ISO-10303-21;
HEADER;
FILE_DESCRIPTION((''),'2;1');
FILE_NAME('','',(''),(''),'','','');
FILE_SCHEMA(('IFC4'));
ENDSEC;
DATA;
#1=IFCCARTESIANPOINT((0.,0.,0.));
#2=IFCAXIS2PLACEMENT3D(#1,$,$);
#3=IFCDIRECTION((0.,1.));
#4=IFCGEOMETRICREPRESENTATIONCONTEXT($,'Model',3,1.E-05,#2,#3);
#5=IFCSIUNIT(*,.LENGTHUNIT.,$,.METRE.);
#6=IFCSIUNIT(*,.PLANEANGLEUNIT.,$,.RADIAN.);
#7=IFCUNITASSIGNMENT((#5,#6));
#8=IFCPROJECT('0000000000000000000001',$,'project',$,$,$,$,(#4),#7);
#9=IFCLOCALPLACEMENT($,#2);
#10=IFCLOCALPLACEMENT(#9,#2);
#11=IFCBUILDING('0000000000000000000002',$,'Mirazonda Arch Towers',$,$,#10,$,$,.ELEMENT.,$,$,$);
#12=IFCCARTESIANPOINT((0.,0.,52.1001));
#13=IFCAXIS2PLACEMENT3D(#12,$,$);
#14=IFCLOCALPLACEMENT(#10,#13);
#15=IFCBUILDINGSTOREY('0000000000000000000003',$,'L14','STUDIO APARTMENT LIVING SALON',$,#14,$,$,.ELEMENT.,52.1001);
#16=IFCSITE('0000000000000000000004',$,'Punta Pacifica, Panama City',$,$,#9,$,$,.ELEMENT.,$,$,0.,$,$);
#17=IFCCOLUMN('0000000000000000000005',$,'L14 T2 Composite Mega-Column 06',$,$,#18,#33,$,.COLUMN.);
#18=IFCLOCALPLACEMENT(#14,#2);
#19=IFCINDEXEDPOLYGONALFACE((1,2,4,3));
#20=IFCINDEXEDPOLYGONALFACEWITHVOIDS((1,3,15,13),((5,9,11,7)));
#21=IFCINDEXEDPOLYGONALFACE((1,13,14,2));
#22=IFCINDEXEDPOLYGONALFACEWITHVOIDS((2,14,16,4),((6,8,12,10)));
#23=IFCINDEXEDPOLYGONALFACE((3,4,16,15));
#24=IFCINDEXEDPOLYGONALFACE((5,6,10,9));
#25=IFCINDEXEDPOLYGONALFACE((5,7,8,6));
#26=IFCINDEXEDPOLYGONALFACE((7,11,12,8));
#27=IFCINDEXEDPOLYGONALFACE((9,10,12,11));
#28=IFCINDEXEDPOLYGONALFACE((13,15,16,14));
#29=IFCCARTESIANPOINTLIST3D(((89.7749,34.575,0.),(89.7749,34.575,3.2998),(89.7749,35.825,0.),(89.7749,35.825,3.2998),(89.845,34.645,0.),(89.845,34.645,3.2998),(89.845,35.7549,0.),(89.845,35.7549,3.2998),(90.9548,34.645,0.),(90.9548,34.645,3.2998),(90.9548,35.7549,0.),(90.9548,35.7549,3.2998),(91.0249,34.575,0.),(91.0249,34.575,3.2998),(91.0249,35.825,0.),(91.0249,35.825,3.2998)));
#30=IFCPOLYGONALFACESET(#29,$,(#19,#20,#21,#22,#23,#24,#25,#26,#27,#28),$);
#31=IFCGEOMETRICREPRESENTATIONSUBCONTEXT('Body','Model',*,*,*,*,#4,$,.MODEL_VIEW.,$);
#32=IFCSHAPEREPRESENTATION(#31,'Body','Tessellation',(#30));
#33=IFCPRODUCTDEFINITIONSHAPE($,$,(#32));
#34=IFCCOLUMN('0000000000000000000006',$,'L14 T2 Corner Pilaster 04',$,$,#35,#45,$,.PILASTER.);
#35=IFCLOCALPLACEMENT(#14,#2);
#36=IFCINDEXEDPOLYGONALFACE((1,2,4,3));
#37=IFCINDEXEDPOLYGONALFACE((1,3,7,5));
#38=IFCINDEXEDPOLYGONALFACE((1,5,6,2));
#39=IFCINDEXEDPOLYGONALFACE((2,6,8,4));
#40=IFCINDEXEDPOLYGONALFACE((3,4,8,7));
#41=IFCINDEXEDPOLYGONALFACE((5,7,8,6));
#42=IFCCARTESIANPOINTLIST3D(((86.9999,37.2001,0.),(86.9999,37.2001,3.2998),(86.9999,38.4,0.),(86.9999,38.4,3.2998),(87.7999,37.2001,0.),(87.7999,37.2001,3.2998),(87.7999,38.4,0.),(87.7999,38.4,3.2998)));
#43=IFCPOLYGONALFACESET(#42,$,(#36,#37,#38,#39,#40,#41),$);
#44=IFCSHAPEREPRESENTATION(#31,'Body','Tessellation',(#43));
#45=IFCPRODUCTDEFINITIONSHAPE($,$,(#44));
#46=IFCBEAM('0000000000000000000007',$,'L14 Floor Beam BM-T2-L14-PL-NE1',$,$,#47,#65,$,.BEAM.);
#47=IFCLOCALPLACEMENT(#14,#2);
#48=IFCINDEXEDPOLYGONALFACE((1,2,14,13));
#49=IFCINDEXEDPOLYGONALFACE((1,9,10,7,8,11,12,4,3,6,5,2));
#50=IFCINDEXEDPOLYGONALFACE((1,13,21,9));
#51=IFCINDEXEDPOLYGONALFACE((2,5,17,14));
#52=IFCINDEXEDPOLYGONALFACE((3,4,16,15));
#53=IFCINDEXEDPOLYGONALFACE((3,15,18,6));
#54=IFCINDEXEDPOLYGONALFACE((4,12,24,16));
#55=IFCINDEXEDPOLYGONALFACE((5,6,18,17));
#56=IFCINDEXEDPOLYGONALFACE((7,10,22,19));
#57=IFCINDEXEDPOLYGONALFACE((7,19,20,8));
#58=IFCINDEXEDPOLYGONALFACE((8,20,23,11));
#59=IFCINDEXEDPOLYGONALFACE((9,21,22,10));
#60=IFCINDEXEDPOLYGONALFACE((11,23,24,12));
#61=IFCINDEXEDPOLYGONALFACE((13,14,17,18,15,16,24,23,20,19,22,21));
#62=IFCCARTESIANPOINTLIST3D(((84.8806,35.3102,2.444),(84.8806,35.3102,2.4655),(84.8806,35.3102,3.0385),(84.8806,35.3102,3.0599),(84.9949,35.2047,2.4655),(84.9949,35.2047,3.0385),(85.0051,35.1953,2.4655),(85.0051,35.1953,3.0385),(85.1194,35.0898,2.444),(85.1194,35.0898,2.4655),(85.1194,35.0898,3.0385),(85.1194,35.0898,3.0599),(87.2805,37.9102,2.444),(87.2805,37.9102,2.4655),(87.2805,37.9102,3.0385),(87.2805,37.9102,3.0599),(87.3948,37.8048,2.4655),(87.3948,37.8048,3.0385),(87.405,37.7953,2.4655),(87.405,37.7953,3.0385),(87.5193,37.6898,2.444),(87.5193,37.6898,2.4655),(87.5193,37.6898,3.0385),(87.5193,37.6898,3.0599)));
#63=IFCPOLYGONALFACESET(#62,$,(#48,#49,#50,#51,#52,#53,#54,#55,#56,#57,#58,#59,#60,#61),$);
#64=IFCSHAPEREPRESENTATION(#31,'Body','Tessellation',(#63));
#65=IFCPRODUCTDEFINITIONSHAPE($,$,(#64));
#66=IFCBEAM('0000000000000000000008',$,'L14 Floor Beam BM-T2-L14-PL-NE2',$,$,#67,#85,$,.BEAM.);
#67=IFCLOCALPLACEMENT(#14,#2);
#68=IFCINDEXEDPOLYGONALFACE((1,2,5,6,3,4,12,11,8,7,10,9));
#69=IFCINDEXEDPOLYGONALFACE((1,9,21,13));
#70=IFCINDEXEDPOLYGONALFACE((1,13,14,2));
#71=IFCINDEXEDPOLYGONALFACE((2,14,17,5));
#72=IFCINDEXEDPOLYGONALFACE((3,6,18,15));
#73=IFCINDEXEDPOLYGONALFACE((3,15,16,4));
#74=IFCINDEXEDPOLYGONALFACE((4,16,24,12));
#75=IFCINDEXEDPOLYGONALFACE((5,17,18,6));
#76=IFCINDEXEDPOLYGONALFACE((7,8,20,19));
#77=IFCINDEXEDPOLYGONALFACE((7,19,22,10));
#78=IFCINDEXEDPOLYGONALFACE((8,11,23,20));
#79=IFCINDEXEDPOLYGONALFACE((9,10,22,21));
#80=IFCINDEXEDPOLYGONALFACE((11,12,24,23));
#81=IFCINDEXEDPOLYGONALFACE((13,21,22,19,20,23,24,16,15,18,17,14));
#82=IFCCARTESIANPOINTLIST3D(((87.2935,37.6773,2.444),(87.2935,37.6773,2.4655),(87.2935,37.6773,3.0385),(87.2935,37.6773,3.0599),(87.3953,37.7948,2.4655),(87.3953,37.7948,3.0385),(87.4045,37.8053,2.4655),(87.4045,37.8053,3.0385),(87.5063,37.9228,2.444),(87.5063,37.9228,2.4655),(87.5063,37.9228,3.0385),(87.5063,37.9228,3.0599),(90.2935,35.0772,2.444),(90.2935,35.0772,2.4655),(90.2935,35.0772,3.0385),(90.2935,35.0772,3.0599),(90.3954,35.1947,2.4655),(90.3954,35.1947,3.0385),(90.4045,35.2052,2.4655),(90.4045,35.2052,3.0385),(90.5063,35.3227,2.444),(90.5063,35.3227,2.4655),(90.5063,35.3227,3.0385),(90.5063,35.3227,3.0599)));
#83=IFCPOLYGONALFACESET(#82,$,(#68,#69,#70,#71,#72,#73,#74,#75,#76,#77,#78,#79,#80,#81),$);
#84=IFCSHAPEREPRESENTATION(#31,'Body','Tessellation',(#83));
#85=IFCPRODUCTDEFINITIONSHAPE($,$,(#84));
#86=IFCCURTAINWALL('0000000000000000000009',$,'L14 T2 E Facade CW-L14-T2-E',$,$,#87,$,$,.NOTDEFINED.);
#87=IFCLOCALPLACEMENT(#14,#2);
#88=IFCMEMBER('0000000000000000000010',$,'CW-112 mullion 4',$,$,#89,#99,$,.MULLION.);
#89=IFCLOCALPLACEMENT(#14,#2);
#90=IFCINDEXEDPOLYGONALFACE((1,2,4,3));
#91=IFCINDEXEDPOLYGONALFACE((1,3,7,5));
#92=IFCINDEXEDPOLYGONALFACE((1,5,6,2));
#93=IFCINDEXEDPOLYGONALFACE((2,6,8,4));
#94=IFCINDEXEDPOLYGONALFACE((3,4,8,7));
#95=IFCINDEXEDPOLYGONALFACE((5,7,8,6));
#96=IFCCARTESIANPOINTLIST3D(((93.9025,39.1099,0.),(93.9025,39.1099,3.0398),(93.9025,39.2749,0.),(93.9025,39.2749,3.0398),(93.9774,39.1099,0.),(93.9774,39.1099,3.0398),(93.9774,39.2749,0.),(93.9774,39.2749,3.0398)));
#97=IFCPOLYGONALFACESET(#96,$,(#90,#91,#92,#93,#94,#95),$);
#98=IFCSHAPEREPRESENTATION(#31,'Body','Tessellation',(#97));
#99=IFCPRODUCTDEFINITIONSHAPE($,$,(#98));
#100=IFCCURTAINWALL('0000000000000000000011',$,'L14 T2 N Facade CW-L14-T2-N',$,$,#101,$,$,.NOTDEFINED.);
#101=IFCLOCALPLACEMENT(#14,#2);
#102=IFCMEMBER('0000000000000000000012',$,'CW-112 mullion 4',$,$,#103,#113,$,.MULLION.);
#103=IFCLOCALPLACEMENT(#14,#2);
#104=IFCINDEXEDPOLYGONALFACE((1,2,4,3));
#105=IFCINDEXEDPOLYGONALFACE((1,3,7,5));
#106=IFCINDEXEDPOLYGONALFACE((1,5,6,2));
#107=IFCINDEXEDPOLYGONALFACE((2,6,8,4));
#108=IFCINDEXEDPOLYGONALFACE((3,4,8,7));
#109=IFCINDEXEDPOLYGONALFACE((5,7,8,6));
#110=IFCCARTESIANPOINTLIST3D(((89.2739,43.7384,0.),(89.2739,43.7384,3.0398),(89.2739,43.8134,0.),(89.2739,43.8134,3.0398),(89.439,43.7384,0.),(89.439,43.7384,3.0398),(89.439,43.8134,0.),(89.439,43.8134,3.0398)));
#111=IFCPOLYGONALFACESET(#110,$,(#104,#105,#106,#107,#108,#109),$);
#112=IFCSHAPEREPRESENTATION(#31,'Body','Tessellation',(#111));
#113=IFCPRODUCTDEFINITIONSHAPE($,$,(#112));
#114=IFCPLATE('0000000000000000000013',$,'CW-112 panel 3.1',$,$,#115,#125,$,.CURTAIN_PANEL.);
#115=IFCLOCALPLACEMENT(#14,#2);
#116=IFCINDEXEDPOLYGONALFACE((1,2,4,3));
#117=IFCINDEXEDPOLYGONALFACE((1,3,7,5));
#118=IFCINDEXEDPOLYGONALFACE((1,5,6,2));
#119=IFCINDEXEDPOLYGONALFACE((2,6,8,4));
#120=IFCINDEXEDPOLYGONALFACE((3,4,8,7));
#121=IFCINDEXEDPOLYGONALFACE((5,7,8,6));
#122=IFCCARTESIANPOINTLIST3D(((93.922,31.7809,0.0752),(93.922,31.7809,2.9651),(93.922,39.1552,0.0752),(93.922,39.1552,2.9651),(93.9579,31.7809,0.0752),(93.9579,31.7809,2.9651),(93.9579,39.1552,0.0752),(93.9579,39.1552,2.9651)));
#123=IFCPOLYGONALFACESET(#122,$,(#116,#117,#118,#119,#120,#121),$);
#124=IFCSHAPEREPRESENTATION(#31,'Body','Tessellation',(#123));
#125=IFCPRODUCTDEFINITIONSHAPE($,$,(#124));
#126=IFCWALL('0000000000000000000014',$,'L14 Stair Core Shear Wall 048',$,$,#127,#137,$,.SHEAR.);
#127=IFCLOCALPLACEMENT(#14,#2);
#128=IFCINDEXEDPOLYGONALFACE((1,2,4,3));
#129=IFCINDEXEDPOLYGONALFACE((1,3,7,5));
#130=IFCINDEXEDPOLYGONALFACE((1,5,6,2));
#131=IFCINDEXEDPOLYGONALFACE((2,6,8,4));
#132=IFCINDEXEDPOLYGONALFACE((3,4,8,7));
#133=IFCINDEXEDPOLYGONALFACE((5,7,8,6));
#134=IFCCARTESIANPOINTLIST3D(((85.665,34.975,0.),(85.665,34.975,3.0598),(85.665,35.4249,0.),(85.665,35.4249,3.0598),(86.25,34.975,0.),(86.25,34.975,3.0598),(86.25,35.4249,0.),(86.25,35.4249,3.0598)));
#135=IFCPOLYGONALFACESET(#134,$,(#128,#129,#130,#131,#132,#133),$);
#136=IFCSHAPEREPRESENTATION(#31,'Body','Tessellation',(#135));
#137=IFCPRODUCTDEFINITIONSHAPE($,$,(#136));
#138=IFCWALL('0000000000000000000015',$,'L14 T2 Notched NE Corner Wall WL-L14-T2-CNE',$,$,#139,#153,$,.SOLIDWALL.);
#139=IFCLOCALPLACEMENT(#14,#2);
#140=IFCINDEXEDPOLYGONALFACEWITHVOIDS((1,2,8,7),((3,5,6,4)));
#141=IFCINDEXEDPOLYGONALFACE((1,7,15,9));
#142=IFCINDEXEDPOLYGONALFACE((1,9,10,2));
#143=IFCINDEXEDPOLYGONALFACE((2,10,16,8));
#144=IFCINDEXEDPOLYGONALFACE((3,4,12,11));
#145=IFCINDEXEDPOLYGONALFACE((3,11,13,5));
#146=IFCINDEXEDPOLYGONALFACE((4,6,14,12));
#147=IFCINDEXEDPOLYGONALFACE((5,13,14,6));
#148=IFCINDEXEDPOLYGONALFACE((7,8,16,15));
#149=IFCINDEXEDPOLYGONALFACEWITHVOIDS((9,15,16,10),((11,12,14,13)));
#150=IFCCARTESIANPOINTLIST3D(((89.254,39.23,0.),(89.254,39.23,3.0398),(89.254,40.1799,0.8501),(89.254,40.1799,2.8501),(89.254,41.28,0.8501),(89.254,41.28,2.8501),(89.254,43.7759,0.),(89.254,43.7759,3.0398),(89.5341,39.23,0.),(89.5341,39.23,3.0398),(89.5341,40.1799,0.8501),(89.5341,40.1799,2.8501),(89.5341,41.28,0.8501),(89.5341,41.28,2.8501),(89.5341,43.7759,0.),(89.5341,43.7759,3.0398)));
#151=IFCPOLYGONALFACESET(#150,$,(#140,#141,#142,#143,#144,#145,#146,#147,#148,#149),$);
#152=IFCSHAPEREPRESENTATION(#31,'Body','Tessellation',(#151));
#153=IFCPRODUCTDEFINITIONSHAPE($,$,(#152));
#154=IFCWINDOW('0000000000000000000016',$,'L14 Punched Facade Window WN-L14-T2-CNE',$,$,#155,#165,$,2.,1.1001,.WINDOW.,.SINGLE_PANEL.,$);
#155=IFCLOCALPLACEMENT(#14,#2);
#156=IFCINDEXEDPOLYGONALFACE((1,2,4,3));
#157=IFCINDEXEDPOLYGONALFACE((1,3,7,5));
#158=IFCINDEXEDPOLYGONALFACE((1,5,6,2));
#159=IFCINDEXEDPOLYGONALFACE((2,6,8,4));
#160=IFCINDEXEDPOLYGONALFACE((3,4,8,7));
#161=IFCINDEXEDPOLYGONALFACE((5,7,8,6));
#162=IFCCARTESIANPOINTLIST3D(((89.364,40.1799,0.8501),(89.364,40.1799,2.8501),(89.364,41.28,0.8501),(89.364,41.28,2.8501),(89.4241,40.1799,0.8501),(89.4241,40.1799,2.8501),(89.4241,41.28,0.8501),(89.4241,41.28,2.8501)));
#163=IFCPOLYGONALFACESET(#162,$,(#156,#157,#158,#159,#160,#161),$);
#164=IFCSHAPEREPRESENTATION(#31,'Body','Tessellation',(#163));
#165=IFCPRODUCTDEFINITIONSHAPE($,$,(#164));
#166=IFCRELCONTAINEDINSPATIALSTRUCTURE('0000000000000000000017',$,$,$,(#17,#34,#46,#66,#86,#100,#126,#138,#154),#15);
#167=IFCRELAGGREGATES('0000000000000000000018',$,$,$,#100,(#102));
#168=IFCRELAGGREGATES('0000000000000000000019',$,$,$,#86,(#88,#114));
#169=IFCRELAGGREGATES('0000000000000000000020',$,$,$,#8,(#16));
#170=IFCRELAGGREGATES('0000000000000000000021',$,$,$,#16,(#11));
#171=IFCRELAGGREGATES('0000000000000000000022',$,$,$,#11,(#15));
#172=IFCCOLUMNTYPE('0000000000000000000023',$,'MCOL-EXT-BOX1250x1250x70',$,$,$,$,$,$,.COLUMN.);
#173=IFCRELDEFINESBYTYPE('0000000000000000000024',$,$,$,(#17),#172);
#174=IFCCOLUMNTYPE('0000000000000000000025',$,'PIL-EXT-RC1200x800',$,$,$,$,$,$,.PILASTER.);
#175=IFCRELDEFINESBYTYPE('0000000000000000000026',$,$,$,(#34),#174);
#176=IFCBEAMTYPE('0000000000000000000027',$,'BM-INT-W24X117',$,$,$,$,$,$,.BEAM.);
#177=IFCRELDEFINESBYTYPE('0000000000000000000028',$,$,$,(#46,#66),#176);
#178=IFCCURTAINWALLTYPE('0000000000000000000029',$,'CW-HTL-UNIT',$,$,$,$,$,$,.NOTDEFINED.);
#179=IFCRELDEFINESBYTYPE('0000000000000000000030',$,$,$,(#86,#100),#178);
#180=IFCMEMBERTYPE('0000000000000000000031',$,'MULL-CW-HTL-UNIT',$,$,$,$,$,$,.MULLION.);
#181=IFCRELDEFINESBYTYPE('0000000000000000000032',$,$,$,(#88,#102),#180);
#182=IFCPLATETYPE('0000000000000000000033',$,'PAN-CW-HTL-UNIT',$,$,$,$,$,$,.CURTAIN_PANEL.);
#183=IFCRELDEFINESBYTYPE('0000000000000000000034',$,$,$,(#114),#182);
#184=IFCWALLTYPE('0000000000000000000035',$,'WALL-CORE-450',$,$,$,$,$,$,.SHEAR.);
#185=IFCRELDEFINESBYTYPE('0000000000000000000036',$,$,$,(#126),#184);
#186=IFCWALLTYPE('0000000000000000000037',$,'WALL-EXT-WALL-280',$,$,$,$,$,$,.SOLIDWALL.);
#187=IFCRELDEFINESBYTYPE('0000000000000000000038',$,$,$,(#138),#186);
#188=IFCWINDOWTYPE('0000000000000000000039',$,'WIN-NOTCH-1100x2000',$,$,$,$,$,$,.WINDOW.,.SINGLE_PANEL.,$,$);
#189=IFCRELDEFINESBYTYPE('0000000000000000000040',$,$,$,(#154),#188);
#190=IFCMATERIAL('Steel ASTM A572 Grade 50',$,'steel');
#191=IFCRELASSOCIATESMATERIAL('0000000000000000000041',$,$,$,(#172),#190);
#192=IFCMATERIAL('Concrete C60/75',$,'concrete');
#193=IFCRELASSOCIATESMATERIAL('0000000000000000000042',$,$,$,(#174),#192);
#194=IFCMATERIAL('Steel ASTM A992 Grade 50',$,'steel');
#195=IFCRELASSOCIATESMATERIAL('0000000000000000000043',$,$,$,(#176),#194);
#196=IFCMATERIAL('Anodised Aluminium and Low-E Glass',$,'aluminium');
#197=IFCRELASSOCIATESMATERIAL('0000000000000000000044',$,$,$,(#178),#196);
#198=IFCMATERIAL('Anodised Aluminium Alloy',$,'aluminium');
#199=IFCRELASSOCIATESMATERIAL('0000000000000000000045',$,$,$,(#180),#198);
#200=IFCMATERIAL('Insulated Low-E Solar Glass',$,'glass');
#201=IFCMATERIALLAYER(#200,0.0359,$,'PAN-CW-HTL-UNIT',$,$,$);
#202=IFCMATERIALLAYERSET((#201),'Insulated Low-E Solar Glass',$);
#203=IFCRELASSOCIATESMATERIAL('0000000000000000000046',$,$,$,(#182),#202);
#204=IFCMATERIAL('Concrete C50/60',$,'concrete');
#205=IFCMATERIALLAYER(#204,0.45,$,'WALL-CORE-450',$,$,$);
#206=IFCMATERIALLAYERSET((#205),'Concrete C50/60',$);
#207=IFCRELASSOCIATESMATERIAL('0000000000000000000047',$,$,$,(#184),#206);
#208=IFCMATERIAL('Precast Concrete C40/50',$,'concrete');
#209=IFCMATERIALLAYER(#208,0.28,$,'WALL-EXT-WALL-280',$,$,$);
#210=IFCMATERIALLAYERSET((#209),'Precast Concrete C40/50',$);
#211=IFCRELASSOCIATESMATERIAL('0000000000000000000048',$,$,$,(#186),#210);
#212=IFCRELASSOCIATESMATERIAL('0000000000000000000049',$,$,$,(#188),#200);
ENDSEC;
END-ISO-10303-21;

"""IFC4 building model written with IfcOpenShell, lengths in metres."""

from ifc_helpers import new_model, si_unit, direction, frame, frame_2d, origin, origin_2d, place, context, subcontext, project, spatial, rectangle, hollow_rectangle, i_section, extrude, material, layer, layer_set, material_profile, profile_set, type_object, element, fill, aggregate, save


model = new_model("IFC4")

# Units and contexts
model_context = context("Model", 3, precision=1e-05, world=origin(), true_north=direction((0.0, 1.0)))
body_context = subcontext(model_context, "Body", "Model", "MODEL_VIEW")
ifc_project = project(units=[si_unit("LENGTHUNIT", "METRE"), si_unit("PLANEANGLEUNIT", "RADIAN")], contexts=[model_context])

# Site, building, storey
site_placement = place(None, origin())
site = spatial("IfcSite", under=ifc_project, at=site_placement, Name="Punta Pacifica, Panama City", CompositionType="ELEMENT", RefElevation=0.0)
building_placement = place(site_placement, origin())
building = spatial("IfcBuilding", under=site, at=building_placement, Name="Mirazonda Arch Towers", CompositionType="ELEMENT")
storey_placement = place(building_placement, frame((0.0, 0.0, 52.1001)))
storey = spatial("IfcBuildingStorey", under=building, at=storey_placement, Name="L14", Description="STUDIO APARTMENT LIVING SALON", CompositionType="ELEMENT", Elevation=52.1001)

# Columns
ifc_material_1 = material(Name="Steel ASTM A572 Grade 50", Category="steel")
ifc_material_profile_1 = material_profile(ifc_material_1, hollow_rectangle(XDim=1.25, YDim=1.25, WallThickness=0.0701, at=origin_2d()), Name="BOX1250x1250x70")
ifc_profile_set_1 = profile_set([ifc_material_profile_1], Name="Steel ASTM A572 Grade 50")
column_type_1 = type_object("IfcColumnType", Name="MCOL-EXT-BOX1250x1250x70", PredefinedType="COLUMN", material=ifc_profile_set_1)
column_1_placement = place(storey_placement, frame((90.3999, 35.2, 0.0), z_axis=(0.0, 0.0, 1.0), x_axis=(1.0, 0.0, 0.0)))
element("IfcColumn", 1, at=column_1_placement, inside=storey, type_object=column_type_1, Name="L14 T2 Composite Mega-Column 06", PredefinedType="COLUMN", context=body_context, shape_type="SweptSolid", body=[
    extrude(hollow_rectangle(XDim=1.25, YDim=1.25, WallThickness=0.0701, at=origin_2d()), origin(), (0.0, 0.0, 1.0), 3.2998),
])
ifc_material_2 = material(Name="Concrete C60/75", Category="concrete")
ifc_material_profile_2 = material_profile(ifc_material_2, rectangle(XDim=0.8, YDim=1.2, at=origin_2d()), Name="RC1200x800")
ifc_profile_set_2 = profile_set([ifc_material_profile_2], Name="Concrete C60/75")
column_type_2 = type_object("IfcColumnType", Name="PIL-EXT-RC1200x800", PredefinedType="PILASTER", material=ifc_profile_set_2)
column_2_placement = place(storey_placement, frame((87.3999, 37.8, 0.0), z_axis=(0.0, 0.0, 1.0), x_axis=(1.0, 0.0, 0.0)))
element("IfcColumn", 2, at=column_2_placement, inside=storey, type_object=column_type_2, Name="L14 T2 Corner Pilaster 04", PredefinedType="PILASTER", context=body_context, shape_type="SweptSolid", body=[
    extrude(rectangle(XDim=0.8, YDim=1.2, at=origin_2d()), origin(), (0.0, 0.0, 1.0), 3.2998),
])

# Beams
ifc_material_3 = material(Name="Steel ASTM A992 Grade 50", Category="steel")
ifc_material_profile_3 = material_profile(ifc_material_3, i_section(OverallWidth=0.325, OverallDepth=0.616, WebThickness=0.0139, FlangeThickness=0.0215, at=origin_2d()), Name="W24X117")
ifc_profile_set_3 = profile_set([ifc_material_profile_3], Name="Steel ASTM A992 Grade 50")
beam_type = type_object("IfcBeamType", Name="BM-INT-W24X117", PredefinedType="BEAM", material=ifc_profile_set_3)
beam_1_placement = place(storey_placement, frame((87.3999, 37.8, 2.752), z_axis=(-0.678251, -0.73483, 0.0), x_axis=(0.73483, -0.678251, 0.0)))
element("IfcBeam", 3, at=beam_1_placement, inside=storey, type_object=beam_type, Name="L14 Floor Beam BM-T2-L14-PL-NE1", PredefinedType="BEAM", context=body_context, shape_type="SweptSolid", body=[
    extrude(i_section(OverallWidth=0.325, OverallDepth=0.616, WebThickness=0.0139, FlangeThickness=0.0215, at=origin_2d()), origin(), (0.0, 0.0, 1.0), 3.5383),
])
beam_2_placement = place(storey_placement, frame((87.3999, 37.8, 2.752), z_axis=(0.755677, -0.654945, 0.0), x_axis=(0.654945, 0.755677, 0.0)))
element("IfcBeam", 4, at=beam_2_placement, inside=storey, type_object=beam_type, Name="L14 Floor Beam BM-T2-L14-PL-NE2", PredefinedType="BEAM", context=body_context, shape_type="SweptSolid", body=[
    extrude(i_section(OverallWidth=0.325, OverallDepth=0.616, WebThickness=0.0139, FlangeThickness=0.0215, at=origin_2d()), origin(), (0.0, 0.0, 1.0), 3.97),
])

# Curtain walls, members
ifc_material_4 = material(Name="Anodised Aluminium and Low-E Glass", Category="aluminium")
curtain_wall_type = type_object("IfcCurtainWallType", Name="CW-HTL-UNIT", PredefinedType="NOTDEFINED", material=ifc_material_4)
curtain_wall_1_placement = place(storey_placement, origin())
curtain_wall_1 = element("IfcCurtainWall", 5, at=curtain_wall_1_placement, inside=storey, type_object=curtain_wall_type, Name="L14 T2 E Facade CW-L14-T2-E", PredefinedType="NOTDEFINED")
ifc_material_5 = material(Name="Anodised Aluminium Alloy", Category="aluminium")
ifc_material_profile_4 = material_profile(ifc_material_5, rectangle(XDim=0.075, YDim=0.165, at=origin_2d()), Name="ALU-MULL-75x165")
ifc_profile_set_4 = profile_set([ifc_material_profile_4], Name="Anodised Aluminium Alloy")
member_type = type_object("IfcMemberType", Name="MULL-CW-HTL-UNIT", PredefinedType="MULLION", material=ifc_profile_set_4)
member_1_placement = place(storey_placement, frame((93.9399, 39.1924, 0.0), z_axis=(0.0, 0.0, 1.0), x_axis=(-1.0, 0.0, 0.0)))
member_1 = element("IfcMember", 6, at=member_1_placement, type_object=member_type, Name="CW-112 mullion 4", PredefinedType="MULLION", context=body_context, shape_type="SweptSolid", body=[
    extrude(rectangle(XDim=0.075, YDim=0.165, at=origin_2d()), origin(), (0.0, 0.0, 1.0), 3.0398),
])
curtain_wall_2_placement = place(storey_placement, origin())
curtain_wall_2 = element("IfcCurtainWall", 7, at=curtain_wall_2_placement, inside=storey, type_object=curtain_wall_type, Name="L14 T2 N Facade CW-L14-T2-N", PredefinedType="NOTDEFINED")
member_2_placement = place(storey_placement, frame((89.3564, 43.7759, 0.0), z_axis=(0.0, 0.0, 1.0), x_axis=(0.0, 1.0, 0.0)))
member_2 = element("IfcMember", 8, at=member_2_placement, type_object=member_type, Name="CW-112 mullion 4", PredefinedType="MULLION", context=body_context, shape_type="SweptSolid", body=[
    extrude(rectangle(XDim=0.075, YDim=0.165, at=origin_2d()), origin(), (0.0, 0.0, 1.0), 3.0398),
])
aggregate(curtain_wall_2, [member_2])

# Plate
ifc_material_6 = material(Name="Insulated Low-E Solar Glass", Category="glass")
ifc_layer_1 = layer(ifc_material_6, 0.0359, Name="PAN-CW-HTL-UNIT")
ifc_layer_set_1 = layer_set([ifc_layer_1], Name="Insulated Low-E Solar Glass")
plate_type = type_object("IfcPlateType", Name="PAN-CW-HTL-UNIT", PredefinedType="CURTAIN_PANEL", material=ifc_layer_set_1)
plate_placement = place(storey_placement, frame((93.9399, 35.468, 0.0752), z_axis=(0.0, 0.0, 1.0), x_axis=(0.0, 1.0, 0.0)))
plate = element("IfcPlate", 9, at=plate_placement, type_object=plate_type, Name="CW-112 panel 3.1", PredefinedType="CURTAIN_PANEL", context=body_context, shape_type="SweptSolid", body=[
    extrude(rectangle(XDim=7.3743, YDim=0.0359, at=origin_2d()), origin(), (0.0, 0.0, 1.0), 2.8899),
])
aggregate(curtain_wall_1, [member_1, plate])

# Wall
ifc_material_7 = material(Name="Concrete C50/60", Category="concrete")
ifc_layer_2 = layer(ifc_material_7, 0.45, Name="WALL-CORE-450")
ifc_layer_set_2 = layer_set([ifc_layer_2], Name="Concrete C50/60")
wall_type_1 = type_object("IfcWallType", Name="WALL-CORE-450", PredefinedType="SHEAR", material=ifc_layer_set_2)
wall_1_placement = place(storey_placement, frame((85.665, 35.2, 0.0), z_axis=(0.0, 0.0, 1.0), x_axis=(1.0, 0.0, 0.0)))
element("IfcWall", 10, at=wall_1_placement, inside=storey, type_object=wall_type_1, Name="L14 Stair Core Shear Wall 048", PredefinedType="SHEAR", context=body_context, shape_type="SweptSolid", body=[
    extrude(rectangle(XDim=0.585, YDim=0.45, at=frame_2d((0.2925, 0.0))), origin(), (0.0, 0.0, 1.0), 3.0598),
])

# Wall, opening, window
ifc_material_8 = material(Name="Precast Concrete C40/50", Category="concrete")
ifc_layer_3 = layer(ifc_material_8, 0.28, Name="WALL-EXT-WALL-280")
ifc_layer_set_3 = layer_set([ifc_layer_3], Name="Precast Concrete C40/50")
wall_type_2 = type_object("IfcWallType", Name="WALL-EXT-WALL-280", PredefinedType="SOLIDWALL", material=ifc_layer_set_3)
wall_2_placement = place(storey_placement, frame((89.394, 39.23, 0.0), z_axis=(0.0, 0.0, 1.0), x_axis=(0.0, 1.0, 0.0)))
wall_2 = element("IfcWall", 11, at=wall_2_placement, inside=storey, type_object=wall_type_2, Name="L14 T2 Notched NE Corner Wall WL-L14-T2-CNE", PredefinedType="SOLIDWALL", context=body_context, shape_type="SweptSolid", body=[
    extrude(rectangle(XDim=4.5459, YDim=0.28, at=frame_2d((2.2729, 0.0))), origin(), (0.0, 0.0, 1.0), 3.0398),
])
opening_1_placement = place(wall_2_placement, frame((0.95, 0.0, 0.8501)))
opening_1 = element("IfcOpeningElement", 12, at=opening_1_placement, cuts=wall_2, PredefinedType="OPENING", context=body_context, shape_type="SweptSolid", body=[
    extrude(rectangle(XDim=1.1001, YDim=2.0, at=frame_2d((0.55, 1.0))), frame((0.0, 0.1499, 0.0), z_axis=(0.0, -1.0, 0.0), x_axis=(1.0, 0.0, 0.0)), (0.0, 0.0, 1.0), 0.3),
])
window_type = type_object("IfcWindowType", Name="WIN-NOTCH-1100x2000", PartitioningType="SINGLE_PANEL", PredefinedType="WINDOW", material=ifc_material_6)
window_1_placement = place(opening_1_placement, origin())
window_1 = element("IfcWindow", 13, at=window_1_placement, inside=storey, type_object=window_type, Name="L14 Punched Facade Window WN-L14-T2-CNE", OverallHeight=2.0, OverallWidth=1.1001, PartitioningType="SINGLE_PANEL", PredefinedType="WINDOW", context=body_context, shape_type="SweptSolid", body=[
    extrude(rectangle(XDim=1.1001, YDim=2.0, at=frame_2d((0.55, 1.0))), frame((0.0, 0.03, 0.0), z_axis=(0.0, -1.0, 0.0), x_axis=(1.0, 0.0, 0.0)), (0.0, 0.0, 1.0), 0.0601),
])
fill(opening_1, window_1)

save(model, "model.ifc")
